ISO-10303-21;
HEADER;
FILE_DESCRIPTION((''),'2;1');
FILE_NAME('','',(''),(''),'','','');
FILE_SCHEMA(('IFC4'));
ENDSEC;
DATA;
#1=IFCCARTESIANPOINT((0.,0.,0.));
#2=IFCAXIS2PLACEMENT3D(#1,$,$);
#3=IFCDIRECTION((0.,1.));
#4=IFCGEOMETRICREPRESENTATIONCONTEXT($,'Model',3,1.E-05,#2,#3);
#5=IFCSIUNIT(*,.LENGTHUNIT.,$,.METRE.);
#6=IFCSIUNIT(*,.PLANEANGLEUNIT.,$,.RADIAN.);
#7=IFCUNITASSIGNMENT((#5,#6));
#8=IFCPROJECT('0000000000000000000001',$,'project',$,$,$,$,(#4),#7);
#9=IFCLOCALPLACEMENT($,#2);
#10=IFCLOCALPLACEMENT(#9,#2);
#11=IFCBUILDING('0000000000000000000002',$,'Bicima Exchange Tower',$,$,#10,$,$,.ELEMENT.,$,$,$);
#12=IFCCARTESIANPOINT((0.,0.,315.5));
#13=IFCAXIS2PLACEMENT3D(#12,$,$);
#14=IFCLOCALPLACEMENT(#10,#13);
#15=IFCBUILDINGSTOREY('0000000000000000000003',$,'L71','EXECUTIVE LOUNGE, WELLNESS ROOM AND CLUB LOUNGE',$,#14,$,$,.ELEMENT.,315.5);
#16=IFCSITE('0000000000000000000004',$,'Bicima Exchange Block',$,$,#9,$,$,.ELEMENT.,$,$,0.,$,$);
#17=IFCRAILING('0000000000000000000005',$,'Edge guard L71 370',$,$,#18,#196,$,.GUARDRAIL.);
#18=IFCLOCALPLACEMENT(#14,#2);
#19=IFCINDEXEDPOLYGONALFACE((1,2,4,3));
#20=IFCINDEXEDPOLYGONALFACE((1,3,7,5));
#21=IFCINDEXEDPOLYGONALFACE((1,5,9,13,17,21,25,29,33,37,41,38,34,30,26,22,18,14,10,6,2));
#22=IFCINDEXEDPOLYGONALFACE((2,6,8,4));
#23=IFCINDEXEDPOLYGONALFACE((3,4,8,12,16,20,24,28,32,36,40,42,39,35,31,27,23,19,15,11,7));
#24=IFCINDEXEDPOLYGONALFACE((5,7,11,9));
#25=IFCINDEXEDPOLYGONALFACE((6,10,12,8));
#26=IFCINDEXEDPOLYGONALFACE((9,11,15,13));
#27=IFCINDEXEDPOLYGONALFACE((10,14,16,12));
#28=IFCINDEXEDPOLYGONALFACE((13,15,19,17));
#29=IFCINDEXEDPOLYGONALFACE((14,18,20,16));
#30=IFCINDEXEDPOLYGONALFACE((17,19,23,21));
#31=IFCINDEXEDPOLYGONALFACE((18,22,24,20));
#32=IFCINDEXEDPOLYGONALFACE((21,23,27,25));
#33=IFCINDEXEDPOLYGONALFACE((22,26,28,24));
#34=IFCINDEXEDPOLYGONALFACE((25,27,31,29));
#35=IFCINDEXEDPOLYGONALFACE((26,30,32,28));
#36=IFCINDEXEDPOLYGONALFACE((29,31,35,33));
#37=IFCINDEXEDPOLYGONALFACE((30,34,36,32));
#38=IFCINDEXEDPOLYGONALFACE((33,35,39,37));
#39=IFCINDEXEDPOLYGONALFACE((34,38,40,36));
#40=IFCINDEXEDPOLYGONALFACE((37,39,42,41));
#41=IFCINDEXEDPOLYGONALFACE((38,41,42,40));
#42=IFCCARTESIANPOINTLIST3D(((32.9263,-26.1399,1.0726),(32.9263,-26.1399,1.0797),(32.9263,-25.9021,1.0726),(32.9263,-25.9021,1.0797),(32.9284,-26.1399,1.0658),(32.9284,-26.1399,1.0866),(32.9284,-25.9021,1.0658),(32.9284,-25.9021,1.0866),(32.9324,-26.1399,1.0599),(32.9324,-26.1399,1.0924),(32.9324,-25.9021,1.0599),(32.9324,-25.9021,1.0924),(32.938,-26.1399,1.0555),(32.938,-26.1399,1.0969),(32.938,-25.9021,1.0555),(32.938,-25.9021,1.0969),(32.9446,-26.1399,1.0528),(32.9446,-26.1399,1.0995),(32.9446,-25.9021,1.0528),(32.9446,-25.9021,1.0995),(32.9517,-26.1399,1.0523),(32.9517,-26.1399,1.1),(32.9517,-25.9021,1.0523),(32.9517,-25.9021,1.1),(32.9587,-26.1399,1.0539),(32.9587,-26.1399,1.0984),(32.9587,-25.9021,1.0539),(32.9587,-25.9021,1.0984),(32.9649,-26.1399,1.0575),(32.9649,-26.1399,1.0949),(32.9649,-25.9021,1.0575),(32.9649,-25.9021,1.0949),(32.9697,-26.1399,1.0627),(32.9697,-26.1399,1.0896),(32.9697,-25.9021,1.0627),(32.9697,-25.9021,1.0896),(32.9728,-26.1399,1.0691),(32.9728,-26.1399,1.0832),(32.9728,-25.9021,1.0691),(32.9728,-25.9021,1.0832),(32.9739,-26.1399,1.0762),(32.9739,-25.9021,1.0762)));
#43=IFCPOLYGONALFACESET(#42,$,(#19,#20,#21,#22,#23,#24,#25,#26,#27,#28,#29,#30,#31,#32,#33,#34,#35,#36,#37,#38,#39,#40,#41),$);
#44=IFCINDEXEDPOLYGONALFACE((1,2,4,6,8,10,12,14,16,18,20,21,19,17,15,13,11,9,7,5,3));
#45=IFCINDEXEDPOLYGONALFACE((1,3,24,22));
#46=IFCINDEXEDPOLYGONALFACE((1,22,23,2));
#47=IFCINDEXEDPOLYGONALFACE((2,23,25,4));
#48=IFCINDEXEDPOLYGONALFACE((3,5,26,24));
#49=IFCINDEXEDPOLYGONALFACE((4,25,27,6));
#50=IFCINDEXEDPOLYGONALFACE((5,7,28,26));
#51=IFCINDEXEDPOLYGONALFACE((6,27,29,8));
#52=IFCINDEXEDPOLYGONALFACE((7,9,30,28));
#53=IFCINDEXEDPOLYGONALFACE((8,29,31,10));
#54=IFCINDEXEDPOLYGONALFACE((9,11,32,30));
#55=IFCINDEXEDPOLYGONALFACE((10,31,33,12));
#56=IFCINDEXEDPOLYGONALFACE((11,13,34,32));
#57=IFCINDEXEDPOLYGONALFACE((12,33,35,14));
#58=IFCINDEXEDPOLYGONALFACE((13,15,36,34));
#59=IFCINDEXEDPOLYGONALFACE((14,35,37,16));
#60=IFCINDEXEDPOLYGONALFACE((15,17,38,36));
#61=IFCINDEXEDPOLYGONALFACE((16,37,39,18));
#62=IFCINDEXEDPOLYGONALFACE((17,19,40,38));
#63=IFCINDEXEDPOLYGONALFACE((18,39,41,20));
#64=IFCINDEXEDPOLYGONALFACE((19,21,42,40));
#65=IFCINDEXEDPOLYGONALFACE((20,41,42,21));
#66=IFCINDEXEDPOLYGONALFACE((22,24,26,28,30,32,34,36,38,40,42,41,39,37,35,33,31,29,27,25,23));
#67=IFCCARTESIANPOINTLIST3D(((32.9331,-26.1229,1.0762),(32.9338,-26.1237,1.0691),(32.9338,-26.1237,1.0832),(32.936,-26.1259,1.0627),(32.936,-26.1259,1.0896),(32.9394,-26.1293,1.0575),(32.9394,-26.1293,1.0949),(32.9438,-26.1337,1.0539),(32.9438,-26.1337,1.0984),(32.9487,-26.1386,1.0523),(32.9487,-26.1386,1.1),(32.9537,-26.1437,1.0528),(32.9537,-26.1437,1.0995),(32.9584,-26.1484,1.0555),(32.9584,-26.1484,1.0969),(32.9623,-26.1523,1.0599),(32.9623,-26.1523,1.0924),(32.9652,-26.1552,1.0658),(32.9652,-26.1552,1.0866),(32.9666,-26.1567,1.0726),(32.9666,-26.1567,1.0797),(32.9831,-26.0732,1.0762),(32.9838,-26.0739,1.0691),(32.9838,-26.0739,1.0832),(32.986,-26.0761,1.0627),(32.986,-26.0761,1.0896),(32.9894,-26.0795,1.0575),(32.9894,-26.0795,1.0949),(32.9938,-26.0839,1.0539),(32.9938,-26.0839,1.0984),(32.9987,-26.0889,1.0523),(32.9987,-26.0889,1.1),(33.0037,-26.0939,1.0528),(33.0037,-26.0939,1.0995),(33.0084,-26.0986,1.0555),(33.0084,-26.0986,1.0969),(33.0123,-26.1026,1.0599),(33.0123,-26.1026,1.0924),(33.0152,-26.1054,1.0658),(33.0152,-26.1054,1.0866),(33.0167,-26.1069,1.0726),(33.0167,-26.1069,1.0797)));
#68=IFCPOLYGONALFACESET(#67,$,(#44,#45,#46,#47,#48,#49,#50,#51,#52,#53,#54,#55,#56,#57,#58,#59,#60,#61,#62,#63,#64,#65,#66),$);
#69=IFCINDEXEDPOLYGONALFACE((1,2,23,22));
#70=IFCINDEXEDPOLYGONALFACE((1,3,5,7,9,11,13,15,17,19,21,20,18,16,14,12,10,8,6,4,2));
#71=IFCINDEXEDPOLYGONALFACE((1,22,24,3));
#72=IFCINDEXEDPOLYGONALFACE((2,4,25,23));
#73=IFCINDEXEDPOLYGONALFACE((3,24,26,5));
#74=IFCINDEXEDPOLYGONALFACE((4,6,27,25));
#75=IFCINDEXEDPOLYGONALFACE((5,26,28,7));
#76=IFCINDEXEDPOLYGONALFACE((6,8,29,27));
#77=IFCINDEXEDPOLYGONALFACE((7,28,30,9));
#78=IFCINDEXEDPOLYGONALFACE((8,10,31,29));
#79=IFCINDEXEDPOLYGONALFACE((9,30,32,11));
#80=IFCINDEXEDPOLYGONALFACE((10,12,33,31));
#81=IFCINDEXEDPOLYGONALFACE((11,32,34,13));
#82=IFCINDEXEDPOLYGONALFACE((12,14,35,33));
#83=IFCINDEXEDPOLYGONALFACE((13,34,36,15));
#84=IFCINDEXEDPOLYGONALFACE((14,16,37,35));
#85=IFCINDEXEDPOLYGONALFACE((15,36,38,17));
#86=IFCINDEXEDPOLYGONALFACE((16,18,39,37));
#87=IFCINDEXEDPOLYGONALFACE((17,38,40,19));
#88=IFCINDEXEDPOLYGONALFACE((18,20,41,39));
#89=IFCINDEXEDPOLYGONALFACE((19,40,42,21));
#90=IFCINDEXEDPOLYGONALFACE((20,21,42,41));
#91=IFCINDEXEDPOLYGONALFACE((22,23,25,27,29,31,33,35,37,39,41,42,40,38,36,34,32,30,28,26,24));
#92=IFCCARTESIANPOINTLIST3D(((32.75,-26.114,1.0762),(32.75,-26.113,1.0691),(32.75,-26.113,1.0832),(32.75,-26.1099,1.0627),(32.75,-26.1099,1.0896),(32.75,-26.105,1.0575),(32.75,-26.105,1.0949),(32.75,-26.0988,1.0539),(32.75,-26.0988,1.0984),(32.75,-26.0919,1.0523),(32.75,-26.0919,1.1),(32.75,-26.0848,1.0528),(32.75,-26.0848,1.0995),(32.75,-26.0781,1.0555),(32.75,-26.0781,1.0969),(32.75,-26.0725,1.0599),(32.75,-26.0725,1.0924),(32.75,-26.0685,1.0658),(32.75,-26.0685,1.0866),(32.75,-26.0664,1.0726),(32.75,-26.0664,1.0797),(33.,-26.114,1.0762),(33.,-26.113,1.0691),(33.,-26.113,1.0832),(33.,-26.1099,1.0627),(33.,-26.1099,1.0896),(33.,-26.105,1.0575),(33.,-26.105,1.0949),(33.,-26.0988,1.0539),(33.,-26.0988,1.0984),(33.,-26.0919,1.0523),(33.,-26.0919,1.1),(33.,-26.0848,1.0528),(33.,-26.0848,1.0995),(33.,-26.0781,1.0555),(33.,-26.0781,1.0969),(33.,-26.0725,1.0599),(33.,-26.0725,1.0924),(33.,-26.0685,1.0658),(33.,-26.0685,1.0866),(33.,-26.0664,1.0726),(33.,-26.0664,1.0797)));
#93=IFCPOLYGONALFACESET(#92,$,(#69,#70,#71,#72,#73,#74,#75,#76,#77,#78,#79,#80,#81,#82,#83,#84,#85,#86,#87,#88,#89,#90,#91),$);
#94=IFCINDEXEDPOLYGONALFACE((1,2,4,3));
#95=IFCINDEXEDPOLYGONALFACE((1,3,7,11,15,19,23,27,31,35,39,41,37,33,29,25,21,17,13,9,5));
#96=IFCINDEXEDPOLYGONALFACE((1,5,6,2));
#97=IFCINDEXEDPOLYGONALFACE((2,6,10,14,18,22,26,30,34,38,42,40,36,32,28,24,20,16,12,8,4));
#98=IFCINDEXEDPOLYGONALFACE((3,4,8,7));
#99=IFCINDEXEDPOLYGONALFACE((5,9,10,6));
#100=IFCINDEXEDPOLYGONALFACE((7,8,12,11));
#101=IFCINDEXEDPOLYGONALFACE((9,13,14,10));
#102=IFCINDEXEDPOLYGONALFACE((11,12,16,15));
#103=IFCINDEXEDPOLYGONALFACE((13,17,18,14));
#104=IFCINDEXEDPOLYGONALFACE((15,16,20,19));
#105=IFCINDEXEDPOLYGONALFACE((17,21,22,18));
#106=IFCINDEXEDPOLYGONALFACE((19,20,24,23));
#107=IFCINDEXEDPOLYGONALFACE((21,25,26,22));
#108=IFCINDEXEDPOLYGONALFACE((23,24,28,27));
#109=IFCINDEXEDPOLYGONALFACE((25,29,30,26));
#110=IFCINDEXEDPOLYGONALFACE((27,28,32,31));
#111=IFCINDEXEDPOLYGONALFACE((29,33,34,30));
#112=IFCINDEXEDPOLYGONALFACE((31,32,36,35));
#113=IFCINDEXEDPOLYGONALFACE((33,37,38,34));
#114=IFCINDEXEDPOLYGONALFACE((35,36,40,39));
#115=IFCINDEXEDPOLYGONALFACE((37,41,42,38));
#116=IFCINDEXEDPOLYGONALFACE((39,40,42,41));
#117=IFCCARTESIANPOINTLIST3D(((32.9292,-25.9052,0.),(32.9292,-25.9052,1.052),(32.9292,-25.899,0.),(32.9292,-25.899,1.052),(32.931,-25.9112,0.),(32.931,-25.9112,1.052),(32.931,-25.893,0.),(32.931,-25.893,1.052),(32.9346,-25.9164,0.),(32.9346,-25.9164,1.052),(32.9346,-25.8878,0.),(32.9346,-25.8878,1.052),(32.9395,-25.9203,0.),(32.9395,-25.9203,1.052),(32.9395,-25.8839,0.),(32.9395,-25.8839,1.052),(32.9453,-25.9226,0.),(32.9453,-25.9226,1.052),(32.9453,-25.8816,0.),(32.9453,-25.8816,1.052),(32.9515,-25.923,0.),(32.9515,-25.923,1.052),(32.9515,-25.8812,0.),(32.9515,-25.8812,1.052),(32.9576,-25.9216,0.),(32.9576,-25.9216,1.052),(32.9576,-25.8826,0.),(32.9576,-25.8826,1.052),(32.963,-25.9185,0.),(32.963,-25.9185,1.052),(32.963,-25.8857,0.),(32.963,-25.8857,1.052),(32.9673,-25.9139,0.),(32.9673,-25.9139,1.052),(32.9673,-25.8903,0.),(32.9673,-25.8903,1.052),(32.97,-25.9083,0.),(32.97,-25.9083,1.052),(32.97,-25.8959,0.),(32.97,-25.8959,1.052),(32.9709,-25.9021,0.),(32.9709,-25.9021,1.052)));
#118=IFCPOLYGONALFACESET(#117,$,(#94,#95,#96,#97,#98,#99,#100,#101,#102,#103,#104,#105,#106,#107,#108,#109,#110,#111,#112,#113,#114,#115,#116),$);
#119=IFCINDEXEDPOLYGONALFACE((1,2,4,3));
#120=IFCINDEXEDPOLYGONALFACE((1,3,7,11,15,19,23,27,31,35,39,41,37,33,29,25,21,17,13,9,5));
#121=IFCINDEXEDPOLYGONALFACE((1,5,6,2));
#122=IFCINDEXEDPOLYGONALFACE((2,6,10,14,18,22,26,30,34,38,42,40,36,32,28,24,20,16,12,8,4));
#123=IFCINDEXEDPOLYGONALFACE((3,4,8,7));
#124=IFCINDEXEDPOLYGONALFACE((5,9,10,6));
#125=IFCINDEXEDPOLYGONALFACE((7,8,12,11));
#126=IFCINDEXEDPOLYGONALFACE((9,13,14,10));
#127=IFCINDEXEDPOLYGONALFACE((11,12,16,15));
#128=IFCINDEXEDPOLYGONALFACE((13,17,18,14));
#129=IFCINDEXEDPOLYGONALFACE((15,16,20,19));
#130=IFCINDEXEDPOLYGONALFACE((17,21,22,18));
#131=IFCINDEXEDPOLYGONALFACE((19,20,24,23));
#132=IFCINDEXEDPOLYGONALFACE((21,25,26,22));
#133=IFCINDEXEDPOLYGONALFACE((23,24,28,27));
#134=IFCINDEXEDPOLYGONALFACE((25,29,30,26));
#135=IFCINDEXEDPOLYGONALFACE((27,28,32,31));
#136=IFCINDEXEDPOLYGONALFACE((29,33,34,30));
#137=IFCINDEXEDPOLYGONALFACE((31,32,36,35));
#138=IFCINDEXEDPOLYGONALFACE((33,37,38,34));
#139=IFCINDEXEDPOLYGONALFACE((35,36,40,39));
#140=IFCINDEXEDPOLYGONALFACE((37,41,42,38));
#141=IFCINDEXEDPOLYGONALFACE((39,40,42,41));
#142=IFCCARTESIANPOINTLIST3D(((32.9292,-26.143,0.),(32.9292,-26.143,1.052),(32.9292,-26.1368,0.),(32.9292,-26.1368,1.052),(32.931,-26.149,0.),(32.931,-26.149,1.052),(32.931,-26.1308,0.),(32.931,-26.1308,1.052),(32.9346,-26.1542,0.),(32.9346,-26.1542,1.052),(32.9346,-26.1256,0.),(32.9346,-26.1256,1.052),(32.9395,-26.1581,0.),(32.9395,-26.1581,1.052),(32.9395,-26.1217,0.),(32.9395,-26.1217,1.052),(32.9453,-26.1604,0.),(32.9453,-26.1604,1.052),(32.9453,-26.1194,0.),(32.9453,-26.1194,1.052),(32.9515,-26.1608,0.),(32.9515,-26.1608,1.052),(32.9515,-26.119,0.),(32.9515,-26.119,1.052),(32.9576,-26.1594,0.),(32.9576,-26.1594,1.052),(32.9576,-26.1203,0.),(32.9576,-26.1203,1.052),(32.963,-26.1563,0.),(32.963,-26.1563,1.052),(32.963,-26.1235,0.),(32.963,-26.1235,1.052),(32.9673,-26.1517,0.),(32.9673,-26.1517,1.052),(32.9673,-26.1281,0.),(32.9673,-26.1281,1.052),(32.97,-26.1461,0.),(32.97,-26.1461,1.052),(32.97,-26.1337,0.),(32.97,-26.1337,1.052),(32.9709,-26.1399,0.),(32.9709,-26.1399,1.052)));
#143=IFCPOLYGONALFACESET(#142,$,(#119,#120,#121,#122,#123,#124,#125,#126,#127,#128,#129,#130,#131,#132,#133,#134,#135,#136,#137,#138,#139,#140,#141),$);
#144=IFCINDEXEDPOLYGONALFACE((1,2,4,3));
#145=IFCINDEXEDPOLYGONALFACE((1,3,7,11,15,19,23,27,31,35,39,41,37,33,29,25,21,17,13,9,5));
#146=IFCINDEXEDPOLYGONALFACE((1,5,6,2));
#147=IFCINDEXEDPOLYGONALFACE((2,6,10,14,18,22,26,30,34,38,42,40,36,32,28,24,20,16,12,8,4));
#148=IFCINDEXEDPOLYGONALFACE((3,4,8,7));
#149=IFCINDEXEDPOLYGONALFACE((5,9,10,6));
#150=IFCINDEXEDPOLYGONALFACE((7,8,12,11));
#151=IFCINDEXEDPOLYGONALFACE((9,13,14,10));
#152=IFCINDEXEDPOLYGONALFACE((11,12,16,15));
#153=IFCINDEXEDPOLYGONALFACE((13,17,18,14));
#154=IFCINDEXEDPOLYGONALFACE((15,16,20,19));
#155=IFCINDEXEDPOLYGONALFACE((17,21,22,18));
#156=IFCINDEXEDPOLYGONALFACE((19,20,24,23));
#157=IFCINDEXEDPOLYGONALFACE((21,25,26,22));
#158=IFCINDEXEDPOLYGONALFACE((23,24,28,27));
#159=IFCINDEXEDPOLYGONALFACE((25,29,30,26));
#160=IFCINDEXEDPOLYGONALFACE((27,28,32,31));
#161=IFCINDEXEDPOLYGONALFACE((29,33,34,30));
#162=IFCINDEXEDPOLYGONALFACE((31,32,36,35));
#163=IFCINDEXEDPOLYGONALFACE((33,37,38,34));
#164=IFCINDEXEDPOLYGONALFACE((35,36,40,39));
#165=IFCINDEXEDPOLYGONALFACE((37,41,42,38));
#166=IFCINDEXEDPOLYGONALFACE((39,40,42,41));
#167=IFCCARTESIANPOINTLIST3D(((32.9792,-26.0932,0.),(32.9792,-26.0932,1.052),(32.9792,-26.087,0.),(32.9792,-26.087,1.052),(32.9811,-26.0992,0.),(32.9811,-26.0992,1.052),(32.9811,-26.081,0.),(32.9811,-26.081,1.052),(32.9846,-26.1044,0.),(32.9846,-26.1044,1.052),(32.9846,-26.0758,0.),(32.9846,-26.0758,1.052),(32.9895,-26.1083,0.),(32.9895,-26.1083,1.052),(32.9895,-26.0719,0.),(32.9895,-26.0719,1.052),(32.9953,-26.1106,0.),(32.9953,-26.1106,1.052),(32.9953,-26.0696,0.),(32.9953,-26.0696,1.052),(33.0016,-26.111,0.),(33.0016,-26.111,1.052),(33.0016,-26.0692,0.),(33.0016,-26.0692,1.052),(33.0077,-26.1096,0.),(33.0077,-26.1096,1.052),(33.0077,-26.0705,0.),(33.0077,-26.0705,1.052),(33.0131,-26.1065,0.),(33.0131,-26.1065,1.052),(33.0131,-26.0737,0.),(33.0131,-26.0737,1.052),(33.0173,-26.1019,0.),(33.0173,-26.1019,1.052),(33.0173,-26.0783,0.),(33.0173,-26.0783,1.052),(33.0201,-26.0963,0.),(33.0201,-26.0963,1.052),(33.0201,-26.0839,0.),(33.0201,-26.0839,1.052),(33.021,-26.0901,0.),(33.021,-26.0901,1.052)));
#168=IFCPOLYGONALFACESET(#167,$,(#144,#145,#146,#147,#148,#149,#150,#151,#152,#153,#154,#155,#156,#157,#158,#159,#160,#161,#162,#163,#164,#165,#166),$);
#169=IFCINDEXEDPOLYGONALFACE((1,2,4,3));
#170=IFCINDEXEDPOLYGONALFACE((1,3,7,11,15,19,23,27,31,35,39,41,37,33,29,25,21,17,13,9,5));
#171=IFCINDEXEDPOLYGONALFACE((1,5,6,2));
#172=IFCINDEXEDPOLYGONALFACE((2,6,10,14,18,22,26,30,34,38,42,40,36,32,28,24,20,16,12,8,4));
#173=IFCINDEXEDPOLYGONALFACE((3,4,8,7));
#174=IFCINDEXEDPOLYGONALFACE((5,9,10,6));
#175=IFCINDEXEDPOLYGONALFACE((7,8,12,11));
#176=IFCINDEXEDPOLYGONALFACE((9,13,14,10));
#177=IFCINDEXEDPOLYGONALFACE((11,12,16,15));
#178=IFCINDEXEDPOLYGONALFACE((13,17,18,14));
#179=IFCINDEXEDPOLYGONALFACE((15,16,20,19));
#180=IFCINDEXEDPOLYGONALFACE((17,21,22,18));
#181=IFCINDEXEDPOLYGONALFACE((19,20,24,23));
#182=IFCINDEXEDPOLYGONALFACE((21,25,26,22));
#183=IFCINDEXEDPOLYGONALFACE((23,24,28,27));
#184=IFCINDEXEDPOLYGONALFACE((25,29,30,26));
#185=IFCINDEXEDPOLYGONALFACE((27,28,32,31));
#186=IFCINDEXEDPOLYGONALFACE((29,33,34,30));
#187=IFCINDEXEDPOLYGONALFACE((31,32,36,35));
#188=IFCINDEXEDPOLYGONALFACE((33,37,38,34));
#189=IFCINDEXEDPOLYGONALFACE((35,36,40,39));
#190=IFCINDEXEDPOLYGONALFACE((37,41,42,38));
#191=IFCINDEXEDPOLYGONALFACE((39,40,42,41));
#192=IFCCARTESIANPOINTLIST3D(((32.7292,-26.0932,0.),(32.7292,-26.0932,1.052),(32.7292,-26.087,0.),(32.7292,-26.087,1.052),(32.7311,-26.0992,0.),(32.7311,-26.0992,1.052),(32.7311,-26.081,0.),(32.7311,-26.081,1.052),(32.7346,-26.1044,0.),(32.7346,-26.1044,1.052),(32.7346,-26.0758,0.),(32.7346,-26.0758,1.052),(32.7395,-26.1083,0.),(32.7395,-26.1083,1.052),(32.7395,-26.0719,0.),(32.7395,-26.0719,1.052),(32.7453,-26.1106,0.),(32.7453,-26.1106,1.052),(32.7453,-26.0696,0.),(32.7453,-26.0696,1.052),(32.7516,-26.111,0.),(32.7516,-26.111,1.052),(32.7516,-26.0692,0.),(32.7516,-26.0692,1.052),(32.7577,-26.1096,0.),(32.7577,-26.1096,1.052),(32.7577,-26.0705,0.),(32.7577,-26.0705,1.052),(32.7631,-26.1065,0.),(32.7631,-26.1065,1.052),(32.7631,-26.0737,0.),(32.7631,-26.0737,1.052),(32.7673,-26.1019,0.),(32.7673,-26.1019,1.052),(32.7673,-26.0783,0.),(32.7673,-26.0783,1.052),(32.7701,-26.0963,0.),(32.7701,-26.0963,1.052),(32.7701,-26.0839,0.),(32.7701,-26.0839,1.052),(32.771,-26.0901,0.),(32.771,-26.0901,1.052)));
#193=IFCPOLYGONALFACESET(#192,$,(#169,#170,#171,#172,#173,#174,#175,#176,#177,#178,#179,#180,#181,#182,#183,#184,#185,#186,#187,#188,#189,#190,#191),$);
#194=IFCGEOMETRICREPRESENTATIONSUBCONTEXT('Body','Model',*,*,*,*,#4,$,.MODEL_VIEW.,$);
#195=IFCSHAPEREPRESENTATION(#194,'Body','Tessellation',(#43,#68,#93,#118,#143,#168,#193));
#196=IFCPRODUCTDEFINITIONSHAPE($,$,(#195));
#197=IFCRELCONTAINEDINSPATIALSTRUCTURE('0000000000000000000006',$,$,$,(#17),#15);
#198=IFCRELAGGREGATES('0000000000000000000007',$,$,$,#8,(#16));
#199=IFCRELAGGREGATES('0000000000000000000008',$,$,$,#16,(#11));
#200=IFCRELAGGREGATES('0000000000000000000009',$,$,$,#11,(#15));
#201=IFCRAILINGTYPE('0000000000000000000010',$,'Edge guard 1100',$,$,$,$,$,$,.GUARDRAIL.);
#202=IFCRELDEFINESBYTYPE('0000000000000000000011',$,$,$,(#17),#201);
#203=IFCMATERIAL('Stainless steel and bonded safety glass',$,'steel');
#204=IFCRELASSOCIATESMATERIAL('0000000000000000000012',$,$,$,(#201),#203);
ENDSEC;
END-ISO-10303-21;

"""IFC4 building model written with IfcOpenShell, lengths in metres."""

from ifc_helpers import new_model, si_unit, direction, frame, origin, origin_2d, place, context, subcontext, project, spatial, circle, extrude, material, type_object, element, save


model = new_model("IFC4")

# Units and contexts
model_context = context("Model", 3, precision=1e-05, world=origin(), true_north=direction((0.0, 1.0)))
body_context = subcontext(model_context, "Body", "Model", "MODEL_VIEW")
ifc_project = project(units=[si_unit("LENGTHUNIT", "METRE"), si_unit("PLANEANGLEUNIT", "RADIAN")], contexts=[model_context])

# Site, building, storey
site_placement = place(None, origin())
site = spatial("IfcSite", under=ifc_project, at=site_placement, Name="Bicima Exchange Block", CompositionType="ELEMENT", RefElevation=0.0)
building_placement = place(site_placement, origin())
building = spatial("IfcBuilding", under=site, at=building_placement, Name="Bicima Exchange Tower", CompositionType="ELEMENT")
storey_placement = place(building_placement, frame((0.0, 0.0, 315.5)))
storey = spatial("IfcBuildingStorey", under=building, at=storey_placement, Name="L71", Description="EXECUTIVE LOUNGE, WELLNESS ROOM AND CLUB LOUNGE", CompositionType="ELEMENT", Elevation=315.5)

# Railing
ifc_material_1 = material(Name="Stainless steel and bonded safety glass", Category="steel")
railing_type = type_object("IfcRailingType", Name="Edge guard 1100", PredefinedType="GUARDRAIL", material=ifc_material_1)
railing_1_placement = place(storey_placement, frame((32.95, -25.9021, 0.0)))
element("IfcRailing", 1, at=railing_1_placement, inside=storey, type_object=railing_type, Name="Edge guard L71 370", PredefinedType="GUARDRAIL", context=body_context, shape_type="SweptSolid", body=[
    extrude(circle(Radius=0.0239, at=origin_2d()), frame((0.0, 0.0, 1.0762), z_axis=(0.0, -1.0, 0.0), x_axis=(1.0, 0.0, 0.0)), (0.0, 0.0, 1.0), 0.2378),
    extrude(circle(Radius=0.0239, at=origin_2d()), frame((0.0, -0.2378, 1.0762), z_axis=(0.708834, 0.705376, 0.0), x_axis=(-0.705376, 0.708834, 0.0)), (0.0, 0.0, 1.0), 0.0706),
    extrude(circle(Radius=0.0239, at=origin_2d()), frame((0.05, -0.188, 1.0762), z_axis=(-1.0, 0.0, 0.0), x_axis=(0.0, -1.0, 0.0)), (0.0, 0.0, 1.0), 0.25),
    extrude(circle(Radius=0.021, at=origin_2d()), origin(), (0.0, 0.0, 1.0), 1.052),
    extrude(circle(Radius=0.021, at=origin_2d()), frame((0.0, -0.2378, 0.0)), (0.0, 0.0, 1.0), 1.052),
    extrude(circle(Radius=0.021, at=origin_2d()), frame((0.05, -0.188, 0.0)), (0.0, 0.0, 1.0), 1.052),
    extrude(circle(Radius=0.021, at=origin_2d()), frame((-0.2, -0.188, 0.0)), (0.0, 0.0, 1.0), 1.052),
])

save(model, "model.ifc")
